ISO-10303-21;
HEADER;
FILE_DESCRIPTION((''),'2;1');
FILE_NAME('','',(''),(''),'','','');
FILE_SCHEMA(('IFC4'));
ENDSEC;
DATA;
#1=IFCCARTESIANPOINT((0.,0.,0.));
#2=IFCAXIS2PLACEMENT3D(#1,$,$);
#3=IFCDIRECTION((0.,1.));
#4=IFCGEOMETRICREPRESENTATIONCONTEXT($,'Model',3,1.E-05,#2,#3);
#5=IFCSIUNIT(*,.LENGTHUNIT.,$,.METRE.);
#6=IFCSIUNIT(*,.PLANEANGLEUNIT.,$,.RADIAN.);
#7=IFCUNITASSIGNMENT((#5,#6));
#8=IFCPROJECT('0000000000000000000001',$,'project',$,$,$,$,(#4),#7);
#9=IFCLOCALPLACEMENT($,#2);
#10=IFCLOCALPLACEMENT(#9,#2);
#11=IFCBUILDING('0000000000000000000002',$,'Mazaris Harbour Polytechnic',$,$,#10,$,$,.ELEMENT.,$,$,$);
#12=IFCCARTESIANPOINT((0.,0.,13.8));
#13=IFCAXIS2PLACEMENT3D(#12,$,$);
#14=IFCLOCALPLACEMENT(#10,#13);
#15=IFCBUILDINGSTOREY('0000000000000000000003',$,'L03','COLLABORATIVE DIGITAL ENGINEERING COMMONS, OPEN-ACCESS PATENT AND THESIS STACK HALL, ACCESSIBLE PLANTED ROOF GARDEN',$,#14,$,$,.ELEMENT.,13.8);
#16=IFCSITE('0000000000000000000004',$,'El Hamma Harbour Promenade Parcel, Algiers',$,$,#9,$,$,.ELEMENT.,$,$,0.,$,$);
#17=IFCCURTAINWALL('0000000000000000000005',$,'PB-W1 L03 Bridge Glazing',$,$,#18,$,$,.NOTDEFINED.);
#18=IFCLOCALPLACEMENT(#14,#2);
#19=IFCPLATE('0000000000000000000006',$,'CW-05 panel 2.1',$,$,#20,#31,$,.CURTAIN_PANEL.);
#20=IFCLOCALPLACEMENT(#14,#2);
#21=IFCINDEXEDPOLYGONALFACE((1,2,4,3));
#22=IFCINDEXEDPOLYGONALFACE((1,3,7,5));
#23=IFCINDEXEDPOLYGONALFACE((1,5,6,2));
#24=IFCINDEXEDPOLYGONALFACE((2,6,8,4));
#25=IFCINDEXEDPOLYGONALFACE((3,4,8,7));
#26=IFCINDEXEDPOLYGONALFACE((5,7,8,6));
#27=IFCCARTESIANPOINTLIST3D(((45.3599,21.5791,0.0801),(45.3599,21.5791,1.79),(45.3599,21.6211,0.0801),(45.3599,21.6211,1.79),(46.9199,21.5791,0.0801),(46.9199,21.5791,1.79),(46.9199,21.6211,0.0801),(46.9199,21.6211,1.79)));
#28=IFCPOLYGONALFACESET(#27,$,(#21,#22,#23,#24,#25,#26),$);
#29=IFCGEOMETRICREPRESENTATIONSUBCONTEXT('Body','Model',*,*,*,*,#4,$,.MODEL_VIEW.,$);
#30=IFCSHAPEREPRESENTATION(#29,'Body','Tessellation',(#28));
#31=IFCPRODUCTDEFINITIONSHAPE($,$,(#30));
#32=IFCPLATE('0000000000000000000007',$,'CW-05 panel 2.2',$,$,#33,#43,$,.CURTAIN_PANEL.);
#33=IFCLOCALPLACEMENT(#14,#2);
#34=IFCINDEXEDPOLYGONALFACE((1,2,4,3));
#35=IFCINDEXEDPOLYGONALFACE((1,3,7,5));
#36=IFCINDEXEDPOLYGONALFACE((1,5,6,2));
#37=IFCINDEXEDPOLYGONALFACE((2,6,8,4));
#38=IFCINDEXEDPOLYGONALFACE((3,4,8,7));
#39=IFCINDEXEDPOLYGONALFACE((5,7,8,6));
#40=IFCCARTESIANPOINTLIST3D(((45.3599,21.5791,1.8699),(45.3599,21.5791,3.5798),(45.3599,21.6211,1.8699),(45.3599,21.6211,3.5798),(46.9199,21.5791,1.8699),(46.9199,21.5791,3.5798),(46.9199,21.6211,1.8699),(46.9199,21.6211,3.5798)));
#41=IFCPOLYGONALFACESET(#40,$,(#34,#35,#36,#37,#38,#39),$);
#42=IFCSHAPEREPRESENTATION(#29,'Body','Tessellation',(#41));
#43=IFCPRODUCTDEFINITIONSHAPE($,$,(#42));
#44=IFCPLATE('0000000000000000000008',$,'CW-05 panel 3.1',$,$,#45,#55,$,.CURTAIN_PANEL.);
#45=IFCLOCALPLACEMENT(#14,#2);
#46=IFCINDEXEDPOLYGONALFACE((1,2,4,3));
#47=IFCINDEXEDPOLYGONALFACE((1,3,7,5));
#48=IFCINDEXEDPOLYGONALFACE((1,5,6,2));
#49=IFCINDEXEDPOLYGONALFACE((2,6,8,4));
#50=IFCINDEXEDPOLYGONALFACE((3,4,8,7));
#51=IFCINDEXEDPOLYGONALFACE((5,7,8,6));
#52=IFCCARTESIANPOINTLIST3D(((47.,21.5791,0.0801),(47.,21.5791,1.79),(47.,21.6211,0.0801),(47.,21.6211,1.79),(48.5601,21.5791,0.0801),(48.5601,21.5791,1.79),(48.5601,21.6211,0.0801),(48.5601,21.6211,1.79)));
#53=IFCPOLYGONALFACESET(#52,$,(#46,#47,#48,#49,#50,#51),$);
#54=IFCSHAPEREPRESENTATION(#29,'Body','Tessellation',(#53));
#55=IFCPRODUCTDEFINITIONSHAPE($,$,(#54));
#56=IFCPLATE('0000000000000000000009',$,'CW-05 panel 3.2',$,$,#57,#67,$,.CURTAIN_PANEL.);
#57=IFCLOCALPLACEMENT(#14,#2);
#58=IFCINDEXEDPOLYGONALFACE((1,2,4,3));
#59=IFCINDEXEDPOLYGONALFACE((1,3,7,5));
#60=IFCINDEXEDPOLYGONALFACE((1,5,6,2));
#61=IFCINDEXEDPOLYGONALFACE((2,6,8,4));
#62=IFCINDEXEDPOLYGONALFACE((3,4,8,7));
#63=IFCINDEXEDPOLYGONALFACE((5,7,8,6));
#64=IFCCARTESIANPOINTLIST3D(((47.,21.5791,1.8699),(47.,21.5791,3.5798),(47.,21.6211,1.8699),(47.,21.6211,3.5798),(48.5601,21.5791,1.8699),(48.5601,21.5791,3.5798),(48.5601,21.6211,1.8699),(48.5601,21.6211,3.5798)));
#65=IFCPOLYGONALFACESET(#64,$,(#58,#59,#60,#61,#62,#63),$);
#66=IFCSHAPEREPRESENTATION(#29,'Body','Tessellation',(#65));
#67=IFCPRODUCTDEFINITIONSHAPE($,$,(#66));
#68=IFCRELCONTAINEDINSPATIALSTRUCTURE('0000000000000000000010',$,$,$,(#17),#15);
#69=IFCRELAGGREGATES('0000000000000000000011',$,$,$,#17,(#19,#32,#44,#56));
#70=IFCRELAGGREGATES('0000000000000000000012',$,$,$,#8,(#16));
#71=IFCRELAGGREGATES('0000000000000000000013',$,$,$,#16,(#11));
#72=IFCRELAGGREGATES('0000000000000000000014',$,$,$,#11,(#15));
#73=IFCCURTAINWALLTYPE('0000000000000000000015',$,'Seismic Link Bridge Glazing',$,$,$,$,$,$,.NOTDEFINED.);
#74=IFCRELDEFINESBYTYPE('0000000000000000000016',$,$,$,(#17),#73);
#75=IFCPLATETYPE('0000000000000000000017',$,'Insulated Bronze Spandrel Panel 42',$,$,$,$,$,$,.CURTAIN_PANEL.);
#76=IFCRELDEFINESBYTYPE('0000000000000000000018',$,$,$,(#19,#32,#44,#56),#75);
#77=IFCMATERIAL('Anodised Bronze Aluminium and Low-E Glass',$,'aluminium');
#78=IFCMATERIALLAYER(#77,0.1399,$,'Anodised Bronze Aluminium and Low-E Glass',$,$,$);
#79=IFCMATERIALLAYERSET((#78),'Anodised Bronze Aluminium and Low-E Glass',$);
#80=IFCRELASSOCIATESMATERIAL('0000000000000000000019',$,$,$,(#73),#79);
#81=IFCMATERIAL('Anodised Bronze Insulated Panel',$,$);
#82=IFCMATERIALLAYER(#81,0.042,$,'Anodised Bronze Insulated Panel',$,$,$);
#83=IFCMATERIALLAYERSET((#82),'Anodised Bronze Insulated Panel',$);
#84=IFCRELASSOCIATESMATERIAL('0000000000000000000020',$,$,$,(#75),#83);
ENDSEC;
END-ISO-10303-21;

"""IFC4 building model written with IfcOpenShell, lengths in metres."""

from ifc_helpers import new_model, si_unit, direction, frame, origin, origin_2d, place, context, subcontext, project, spatial, rectangle, extrude, material, layer, layer_set, type_object, element, aggregate, save


model = new_model("IFC4")

# Units and contexts
model_context = context("Model", 3, precision=1e-05, world=origin(), true_north=direction((0.0, 1.0)))
body_context = subcontext(model_context, "Body", "Model", "MODEL_VIEW")
ifc_project = project(units=[si_unit("LENGTHUNIT", "METRE"), si_unit("PLANEANGLEUNIT", "RADIAN")], contexts=[model_context])

# Site, building, storey
site_placement = place(None, origin())
site = spatial("IfcSite", under=ifc_project, at=site_placement, Name="El Hamma Harbour Promenade Parcel, Algiers", CompositionType="ELEMENT", RefElevation=0.0)
building_placement = place(site_placement, origin())
building = spatial("IfcBuilding", under=site, at=building_placement, Name="Mazaris Harbour Polytechnic", CompositionType="ELEMENT")
storey_placement = place(building_placement, frame((0.0, 0.0, 13.8)))
storey = spatial("IfcBuildingStorey", under=building, at=storey_placement, Name="L03", Description="COLLABORATIVE DIGITAL ENGINEERING COMMONS, OPEN-ACCESS PATENT AND THESIS STACK HALL, ACCESSIBLE PLANTED ROOF GARDEN", CompositionType="ELEMENT", Elevation=13.8)

# Curtain wall
ifc_material_1 = material(Name="Anodised Bronze Aluminium and Low-E Glass", Category="aluminium")
ifc_layer_1 = layer(ifc_material_1, 0.1399, Name="Anodised Bronze Aluminium and Low-E Glass")
ifc_layer_set_1 = layer_set([ifc_layer_1], Name="Anodised Bronze Aluminium and Low-E Glass")
curtain_wall_type = type_object("IfcCurtainWallType", Name="Seismic Link Bridge Glazing", PredefinedType="NOTDEFINED", material=ifc_layer_set_1)
curtain_wall_placement = place(storey_placement, origin())
curtain_wall = element("IfcCurtainWall", 1, at=curtain_wall_placement, inside=storey, type_object=curtain_wall_type, Name="PB-W1 L03 Bridge Glazing", PredefinedType="NOTDEFINED")

# Plates
ifc_material_2 = material(Name="Anodised Bronze Insulated Panel")
ifc_layer_2 = layer(ifc_material_2, 0.042, Name="Anodised Bronze Insulated Panel")
ifc_layer_set_2 = layer_set([ifc_layer_2], Name="Anodised Bronze Insulated Panel")
plate_type = type_object("IfcPlateType", Name="Insulated Bronze Spandrel Panel 42", PredefinedType="CURTAIN_PANEL", material=ifc_layer_set_2)
plate_1_placement = place(storey_placement, frame((46.1399, 21.6001, 0.0801), z_axis=(0.0, 0.0, 1.0), x_axis=(1.0, 0.0, 0.0)))
plate_1 = element("IfcPlate", 2, at=plate_1_placement, type_object=plate_type, Name="CW-05 panel 2.1", PredefinedType="CURTAIN_PANEL", context=body_context, shape_type="SweptSolid", body=[
    extrude(rectangle(XDim=1.5601, YDim=0.042, at=origin_2d()), origin(), (0.0, 0.0, 1.0), 1.71),
])
plate_2_placement = place(storey_placement, frame((46.1399, 21.6001, 1.8699), z_axis=(0.0, 0.0, 1.0), x_axis=(1.0, 0.0, 0.0)))
plate_2 = element("IfcPlate", 3, at=plate_2_placement, type_object=plate_type, Name="CW-05 panel 2.2", PredefinedType="CURTAIN_PANEL", context=body_context, shape_type="SweptSolid", body=[
    extrude(rectangle(XDim=1.5601, YDim=0.042, at=origin_2d()), origin(), (0.0, 0.0, 1.0), 1.71),
])
plate_3_placement = place(storey_placement, frame((47.78, 21.6001, 0.0801), z_axis=(0.0, 0.0, 1.0), x_axis=(1.0, 0.0, 0.0)))
plate_3 = element("IfcPlate", 4, at=plate_3_placement, type_object=plate_type, Name="CW-05 panel 3.1", PredefinedType="CURTAIN_PANEL", context=body_context, shape_type="SweptSolid", body=[
    extrude(rectangle(XDim=1.5601, YDim=0.042, at=origin_2d()), origin(), (0.0, 0.0, 1.0), 1.71),
])
plate_4_placement = place(storey_placement, frame((47.78, 21.6001, 1.8699), z_axis=(0.0, 0.0, 1.0), x_axis=(1.0, 0.0, 0.0)))
plate_4 = element("IfcPlate", 5, at=plate_4_placement, type_object=plate_type, Name="CW-05 panel 3.2", PredefinedType="CURTAIN_PANEL", context=body_context, shape_type="SweptSolid", body=[
    extrude(rectangle(XDim=1.5601, YDim=0.042, at=origin_2d()), origin(), (0.0, 0.0, 1.0), 1.71),
])
aggregate(curtain_wall, [plate_1, plate_2, plate_3, plate_4])

save(model, "model.ifc")
